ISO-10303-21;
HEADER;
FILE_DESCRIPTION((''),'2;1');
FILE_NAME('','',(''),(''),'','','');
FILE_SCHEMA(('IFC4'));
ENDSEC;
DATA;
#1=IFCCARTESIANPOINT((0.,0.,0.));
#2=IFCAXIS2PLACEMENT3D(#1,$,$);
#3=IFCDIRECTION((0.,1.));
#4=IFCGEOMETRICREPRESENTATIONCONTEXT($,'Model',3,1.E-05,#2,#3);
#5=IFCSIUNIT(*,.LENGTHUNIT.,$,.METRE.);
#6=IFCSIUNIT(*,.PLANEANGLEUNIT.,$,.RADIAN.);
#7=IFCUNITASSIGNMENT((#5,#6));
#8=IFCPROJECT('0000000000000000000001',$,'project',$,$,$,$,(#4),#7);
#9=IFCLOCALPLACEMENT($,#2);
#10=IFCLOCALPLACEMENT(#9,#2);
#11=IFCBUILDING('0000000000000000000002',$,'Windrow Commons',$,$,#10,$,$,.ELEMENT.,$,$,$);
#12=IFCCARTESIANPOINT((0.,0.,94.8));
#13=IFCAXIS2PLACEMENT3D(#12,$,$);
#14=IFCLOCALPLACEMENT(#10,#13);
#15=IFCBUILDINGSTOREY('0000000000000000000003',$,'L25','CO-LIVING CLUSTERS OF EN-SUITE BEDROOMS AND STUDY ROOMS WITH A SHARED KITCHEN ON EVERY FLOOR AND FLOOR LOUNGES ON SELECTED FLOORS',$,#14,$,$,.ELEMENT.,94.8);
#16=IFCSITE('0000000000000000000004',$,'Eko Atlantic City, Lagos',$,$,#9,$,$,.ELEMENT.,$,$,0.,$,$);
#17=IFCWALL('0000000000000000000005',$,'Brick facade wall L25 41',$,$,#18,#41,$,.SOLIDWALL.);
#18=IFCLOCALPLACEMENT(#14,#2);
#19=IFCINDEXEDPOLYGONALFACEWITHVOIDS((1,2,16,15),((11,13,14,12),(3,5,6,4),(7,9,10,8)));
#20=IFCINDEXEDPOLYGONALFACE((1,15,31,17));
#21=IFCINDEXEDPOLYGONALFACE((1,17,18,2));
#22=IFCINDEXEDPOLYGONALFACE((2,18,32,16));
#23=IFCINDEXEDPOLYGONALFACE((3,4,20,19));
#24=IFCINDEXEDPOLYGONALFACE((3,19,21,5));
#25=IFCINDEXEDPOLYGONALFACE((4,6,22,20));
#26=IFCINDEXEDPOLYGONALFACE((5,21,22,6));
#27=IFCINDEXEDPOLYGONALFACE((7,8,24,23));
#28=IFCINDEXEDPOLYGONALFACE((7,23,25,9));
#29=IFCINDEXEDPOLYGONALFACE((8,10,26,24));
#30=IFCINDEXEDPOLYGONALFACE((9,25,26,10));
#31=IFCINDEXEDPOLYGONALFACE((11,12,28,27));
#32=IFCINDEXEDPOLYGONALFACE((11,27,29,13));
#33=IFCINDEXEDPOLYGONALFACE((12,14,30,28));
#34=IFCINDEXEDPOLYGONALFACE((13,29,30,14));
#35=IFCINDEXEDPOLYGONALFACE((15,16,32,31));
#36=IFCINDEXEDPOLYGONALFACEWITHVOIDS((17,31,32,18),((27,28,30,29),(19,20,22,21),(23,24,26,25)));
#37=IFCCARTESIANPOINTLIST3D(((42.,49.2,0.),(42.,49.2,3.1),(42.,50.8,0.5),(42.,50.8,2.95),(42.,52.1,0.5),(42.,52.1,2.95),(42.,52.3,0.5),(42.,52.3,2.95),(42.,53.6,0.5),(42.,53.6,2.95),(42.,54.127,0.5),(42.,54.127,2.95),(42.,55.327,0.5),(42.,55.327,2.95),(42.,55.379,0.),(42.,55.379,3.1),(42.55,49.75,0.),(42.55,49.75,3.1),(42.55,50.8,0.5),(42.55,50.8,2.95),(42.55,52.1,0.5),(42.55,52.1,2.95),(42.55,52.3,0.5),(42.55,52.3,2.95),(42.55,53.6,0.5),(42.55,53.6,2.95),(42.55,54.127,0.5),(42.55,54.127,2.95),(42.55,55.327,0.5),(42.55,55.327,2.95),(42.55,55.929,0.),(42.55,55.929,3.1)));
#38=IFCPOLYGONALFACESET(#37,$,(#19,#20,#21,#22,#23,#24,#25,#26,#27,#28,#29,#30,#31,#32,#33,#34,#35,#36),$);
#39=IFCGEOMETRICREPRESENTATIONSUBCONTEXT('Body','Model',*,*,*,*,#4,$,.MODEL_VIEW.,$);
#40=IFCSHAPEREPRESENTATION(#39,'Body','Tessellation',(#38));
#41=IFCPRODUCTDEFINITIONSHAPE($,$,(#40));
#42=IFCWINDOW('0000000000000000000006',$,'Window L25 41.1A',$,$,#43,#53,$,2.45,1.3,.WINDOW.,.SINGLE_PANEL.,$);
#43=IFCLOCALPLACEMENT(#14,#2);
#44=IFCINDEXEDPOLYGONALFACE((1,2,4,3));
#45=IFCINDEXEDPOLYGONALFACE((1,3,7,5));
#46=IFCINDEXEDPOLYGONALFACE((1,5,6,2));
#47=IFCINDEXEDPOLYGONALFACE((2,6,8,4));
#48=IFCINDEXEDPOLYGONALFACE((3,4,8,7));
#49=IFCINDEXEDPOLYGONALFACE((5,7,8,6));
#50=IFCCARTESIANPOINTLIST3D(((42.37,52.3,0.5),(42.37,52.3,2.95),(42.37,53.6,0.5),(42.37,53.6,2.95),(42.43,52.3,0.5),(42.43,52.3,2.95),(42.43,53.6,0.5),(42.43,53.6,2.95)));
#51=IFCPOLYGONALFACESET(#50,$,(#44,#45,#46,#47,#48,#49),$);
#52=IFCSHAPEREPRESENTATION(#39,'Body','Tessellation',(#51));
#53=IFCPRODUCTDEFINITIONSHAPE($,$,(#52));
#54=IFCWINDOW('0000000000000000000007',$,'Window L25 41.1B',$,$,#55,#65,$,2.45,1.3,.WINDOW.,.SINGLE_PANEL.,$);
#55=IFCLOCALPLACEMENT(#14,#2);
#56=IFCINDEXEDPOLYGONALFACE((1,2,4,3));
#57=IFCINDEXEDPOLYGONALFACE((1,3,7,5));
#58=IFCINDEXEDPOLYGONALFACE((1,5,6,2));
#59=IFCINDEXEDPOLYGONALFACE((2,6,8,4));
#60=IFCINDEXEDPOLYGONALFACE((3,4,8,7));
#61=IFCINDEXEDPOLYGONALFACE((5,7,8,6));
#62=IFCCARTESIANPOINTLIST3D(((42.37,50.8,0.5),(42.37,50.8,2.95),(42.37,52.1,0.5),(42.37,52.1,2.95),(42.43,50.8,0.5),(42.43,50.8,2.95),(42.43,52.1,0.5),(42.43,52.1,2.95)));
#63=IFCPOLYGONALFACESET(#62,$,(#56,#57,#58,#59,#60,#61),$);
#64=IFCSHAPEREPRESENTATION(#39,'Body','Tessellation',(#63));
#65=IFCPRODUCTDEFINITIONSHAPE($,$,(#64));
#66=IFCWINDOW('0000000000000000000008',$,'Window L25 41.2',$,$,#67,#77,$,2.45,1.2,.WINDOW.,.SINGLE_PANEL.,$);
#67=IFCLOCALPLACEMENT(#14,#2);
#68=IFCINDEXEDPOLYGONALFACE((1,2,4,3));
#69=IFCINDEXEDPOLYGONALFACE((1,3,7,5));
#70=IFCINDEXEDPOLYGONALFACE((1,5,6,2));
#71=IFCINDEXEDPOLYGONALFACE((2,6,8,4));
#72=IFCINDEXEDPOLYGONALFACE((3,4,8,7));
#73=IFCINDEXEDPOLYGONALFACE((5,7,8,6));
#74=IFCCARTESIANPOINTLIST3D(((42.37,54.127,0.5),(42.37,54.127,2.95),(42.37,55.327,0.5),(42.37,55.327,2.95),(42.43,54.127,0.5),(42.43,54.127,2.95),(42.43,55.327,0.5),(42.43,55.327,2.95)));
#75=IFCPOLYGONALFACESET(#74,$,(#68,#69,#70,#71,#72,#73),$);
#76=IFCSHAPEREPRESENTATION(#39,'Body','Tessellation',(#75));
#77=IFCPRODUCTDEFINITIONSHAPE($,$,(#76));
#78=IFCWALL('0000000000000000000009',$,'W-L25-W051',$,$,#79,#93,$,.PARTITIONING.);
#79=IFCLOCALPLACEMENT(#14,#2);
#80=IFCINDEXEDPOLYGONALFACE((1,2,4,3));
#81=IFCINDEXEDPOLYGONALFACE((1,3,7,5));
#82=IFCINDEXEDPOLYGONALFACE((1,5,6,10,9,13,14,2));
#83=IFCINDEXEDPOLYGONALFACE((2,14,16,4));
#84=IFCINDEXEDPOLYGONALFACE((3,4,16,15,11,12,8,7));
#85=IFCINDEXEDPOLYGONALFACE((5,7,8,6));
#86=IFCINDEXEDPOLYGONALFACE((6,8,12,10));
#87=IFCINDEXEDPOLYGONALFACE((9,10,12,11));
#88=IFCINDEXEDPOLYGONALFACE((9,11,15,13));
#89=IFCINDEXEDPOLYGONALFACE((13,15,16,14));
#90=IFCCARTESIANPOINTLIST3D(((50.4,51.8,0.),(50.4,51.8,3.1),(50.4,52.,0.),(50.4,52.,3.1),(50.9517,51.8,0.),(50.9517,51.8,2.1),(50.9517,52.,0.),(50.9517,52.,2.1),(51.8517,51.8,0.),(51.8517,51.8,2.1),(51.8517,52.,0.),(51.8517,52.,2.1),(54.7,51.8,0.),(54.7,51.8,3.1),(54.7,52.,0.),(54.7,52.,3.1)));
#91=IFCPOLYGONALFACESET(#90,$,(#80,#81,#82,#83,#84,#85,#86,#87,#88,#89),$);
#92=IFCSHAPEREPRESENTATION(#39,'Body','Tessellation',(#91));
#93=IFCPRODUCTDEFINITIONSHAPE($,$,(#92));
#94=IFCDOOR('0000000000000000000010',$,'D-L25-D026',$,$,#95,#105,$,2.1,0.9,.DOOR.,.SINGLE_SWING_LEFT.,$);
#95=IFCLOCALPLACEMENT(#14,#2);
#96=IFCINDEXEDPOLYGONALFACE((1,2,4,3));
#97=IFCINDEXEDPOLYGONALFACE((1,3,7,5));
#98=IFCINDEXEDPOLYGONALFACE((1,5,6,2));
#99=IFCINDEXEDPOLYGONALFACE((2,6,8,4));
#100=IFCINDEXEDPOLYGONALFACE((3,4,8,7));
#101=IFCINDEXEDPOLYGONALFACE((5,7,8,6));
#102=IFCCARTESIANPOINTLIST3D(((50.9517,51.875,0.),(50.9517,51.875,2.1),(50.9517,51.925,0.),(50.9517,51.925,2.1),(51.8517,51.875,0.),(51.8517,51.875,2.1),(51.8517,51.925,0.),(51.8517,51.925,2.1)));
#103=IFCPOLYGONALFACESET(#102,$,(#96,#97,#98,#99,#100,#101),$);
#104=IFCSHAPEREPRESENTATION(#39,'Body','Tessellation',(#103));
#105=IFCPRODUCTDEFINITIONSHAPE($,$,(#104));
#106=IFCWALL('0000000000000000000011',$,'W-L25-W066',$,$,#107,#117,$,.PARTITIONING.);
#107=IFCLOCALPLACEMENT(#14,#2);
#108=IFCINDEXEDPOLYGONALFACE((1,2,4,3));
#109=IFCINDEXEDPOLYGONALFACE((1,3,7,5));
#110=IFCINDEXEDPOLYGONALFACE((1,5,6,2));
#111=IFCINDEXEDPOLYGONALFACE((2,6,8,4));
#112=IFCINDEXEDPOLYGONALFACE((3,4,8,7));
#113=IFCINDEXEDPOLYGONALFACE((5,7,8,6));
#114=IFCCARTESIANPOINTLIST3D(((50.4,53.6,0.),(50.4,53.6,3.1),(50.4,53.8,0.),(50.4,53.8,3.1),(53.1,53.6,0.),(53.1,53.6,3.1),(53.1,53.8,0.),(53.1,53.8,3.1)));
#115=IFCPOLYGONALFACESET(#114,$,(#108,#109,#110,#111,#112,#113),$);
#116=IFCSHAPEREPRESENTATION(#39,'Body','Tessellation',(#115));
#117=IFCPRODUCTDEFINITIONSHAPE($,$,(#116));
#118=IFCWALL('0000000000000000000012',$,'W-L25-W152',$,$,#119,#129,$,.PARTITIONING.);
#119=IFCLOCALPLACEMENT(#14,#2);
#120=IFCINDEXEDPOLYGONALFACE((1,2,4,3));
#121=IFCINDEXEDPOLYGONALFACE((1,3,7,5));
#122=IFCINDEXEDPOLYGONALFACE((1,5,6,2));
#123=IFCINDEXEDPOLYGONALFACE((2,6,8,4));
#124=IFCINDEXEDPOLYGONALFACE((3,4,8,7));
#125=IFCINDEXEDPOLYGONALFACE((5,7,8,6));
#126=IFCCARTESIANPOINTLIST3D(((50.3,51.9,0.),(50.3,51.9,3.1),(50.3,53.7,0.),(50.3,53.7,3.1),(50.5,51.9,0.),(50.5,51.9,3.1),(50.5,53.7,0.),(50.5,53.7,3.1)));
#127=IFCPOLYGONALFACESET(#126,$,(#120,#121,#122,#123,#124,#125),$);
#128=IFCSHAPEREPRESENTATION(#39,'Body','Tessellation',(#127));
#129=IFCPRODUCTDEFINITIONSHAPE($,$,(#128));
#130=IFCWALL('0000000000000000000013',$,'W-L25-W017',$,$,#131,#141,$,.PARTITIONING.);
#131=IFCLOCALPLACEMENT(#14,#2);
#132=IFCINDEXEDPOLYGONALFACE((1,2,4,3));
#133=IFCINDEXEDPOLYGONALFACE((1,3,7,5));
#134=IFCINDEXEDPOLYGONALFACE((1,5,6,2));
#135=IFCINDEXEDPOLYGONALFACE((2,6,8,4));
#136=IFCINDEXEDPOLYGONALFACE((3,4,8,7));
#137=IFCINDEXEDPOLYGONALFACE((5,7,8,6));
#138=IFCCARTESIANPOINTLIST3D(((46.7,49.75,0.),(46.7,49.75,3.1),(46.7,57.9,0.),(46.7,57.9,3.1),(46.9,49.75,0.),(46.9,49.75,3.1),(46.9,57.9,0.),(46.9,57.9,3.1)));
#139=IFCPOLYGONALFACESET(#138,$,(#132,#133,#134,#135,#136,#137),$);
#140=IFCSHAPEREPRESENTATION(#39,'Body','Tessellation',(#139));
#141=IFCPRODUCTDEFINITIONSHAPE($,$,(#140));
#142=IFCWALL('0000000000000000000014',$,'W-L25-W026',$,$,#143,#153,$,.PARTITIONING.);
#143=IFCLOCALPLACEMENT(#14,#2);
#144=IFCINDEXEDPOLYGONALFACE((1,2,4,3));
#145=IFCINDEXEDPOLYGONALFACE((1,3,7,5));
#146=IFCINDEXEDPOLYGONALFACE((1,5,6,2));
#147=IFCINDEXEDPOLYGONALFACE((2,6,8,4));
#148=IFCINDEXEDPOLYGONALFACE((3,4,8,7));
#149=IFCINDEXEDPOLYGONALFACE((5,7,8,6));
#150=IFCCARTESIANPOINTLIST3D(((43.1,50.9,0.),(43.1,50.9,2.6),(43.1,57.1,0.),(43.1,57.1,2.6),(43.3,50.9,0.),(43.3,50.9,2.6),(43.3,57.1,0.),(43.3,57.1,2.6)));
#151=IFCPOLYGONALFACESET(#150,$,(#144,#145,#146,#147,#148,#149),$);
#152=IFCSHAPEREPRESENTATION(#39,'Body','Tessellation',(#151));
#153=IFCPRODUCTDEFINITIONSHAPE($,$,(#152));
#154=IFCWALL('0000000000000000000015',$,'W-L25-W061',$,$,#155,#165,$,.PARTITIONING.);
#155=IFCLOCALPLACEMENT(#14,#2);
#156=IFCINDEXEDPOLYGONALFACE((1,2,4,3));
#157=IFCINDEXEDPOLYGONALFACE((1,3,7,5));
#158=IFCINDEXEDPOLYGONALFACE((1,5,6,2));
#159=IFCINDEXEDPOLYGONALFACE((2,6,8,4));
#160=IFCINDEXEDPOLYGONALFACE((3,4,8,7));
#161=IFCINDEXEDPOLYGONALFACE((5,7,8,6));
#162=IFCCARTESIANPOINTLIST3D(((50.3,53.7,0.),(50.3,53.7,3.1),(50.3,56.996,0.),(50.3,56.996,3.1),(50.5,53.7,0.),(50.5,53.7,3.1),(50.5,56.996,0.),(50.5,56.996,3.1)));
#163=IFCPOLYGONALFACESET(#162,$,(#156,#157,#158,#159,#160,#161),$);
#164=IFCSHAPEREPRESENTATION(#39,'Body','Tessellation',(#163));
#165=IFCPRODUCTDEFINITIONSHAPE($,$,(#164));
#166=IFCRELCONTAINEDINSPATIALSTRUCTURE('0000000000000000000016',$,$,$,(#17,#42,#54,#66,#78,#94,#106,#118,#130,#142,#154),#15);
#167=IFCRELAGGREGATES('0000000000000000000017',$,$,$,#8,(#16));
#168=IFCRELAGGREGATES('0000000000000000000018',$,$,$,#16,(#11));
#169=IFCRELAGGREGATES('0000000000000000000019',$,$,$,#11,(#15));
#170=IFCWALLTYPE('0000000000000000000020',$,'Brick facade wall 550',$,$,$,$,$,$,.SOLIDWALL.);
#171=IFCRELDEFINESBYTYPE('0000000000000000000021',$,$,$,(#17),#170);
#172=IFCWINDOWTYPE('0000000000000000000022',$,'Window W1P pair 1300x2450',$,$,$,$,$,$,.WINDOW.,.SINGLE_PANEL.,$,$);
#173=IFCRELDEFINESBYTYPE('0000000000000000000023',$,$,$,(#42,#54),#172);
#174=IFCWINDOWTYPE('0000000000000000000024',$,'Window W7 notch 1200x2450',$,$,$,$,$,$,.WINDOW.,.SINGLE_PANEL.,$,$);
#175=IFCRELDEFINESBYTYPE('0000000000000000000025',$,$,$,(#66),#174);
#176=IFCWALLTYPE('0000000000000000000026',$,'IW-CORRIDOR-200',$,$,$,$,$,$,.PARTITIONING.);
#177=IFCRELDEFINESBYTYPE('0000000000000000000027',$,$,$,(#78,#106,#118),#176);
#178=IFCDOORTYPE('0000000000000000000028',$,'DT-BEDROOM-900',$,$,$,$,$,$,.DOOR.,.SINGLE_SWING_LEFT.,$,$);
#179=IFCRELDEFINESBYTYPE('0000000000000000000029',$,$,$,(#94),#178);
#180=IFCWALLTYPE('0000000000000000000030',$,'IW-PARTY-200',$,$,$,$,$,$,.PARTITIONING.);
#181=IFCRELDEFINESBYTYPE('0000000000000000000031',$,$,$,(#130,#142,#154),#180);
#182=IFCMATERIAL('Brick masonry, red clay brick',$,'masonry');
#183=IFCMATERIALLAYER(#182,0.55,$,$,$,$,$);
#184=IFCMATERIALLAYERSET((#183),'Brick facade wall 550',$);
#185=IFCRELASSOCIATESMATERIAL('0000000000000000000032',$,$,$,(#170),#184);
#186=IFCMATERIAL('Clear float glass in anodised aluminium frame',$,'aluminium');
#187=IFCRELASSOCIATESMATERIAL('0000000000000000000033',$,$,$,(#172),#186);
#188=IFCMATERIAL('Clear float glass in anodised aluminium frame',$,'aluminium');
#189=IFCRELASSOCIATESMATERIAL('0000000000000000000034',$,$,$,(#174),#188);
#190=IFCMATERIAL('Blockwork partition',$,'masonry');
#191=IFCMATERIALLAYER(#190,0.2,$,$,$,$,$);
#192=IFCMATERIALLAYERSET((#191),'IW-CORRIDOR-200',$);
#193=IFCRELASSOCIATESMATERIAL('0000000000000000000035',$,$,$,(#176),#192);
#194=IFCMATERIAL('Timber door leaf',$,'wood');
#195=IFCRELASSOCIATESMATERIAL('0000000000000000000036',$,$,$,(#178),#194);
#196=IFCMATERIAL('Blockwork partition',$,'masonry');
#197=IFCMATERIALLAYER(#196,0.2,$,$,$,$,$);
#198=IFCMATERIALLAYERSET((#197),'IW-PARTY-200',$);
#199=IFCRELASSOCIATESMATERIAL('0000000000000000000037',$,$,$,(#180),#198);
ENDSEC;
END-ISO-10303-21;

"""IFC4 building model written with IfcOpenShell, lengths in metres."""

from ifc_helpers import new_model, si_unit, direction, frame, frame_2d, origin, place, context, subcontext, project, spatial, polyline, rectangle, outline, extrude, material, layer, layer_set, type_object, element, fill, save


model = new_model("IFC4")

# Units and contexts
model_context = context("Model", 3, precision=1e-05, world=origin(), true_north=direction((0.0, 1.0)))
body_context = subcontext(model_context, "Body", "Model", "MODEL_VIEW")
ifc_project = project(units=[si_unit("LENGTHUNIT", "METRE"), si_unit("PLANEANGLEUNIT", "RADIAN")], contexts=[model_context])

# Site, building, storey
site_placement = place(None, origin())
site = spatial("IfcSite", under=ifc_project, at=site_placement, Name="Eko Atlantic City, Lagos", CompositionType="ELEMENT", RefElevation=0.0)
building_placement = place(site_placement, origin())
building = spatial("IfcBuilding", under=site, at=building_placement, Name="Windrow Commons", CompositionType="ELEMENT")
storey_placement = place(building_placement, frame((0.0, 0.0, 94.8)))
storey = spatial("IfcBuildingStorey", under=building, at=storey_placement, Name="L25", Description="CO-LIVING CLUSTERS OF EN-SUITE BEDROOMS AND STUDY ROOMS WITH A SHARED KITCHEN ON EVERY FLOOR AND FLOOR LOUNGES ON SELECTED FLOORS", CompositionType="ELEMENT", Elevation=94.8)

# Wall, openings, windows
ifc_material_1 = material(Name="Brick masonry, red clay brick", Category="masonry")
ifc_layer_1 = layer(ifc_material_1, 0.55)
ifc_layer_set_1 = layer_set([ifc_layer_1], Name="Brick facade wall 550")
wall_type_1 = type_object("IfcWallType", Name="Brick facade wall 550", PredefinedType="SOLIDWALL", material=ifc_layer_set_1)
ifc_material_2 = material(Name="Clear float glass in anodised aluminium frame", Category="aluminium")
window_type_1 = type_object("IfcWindowType", Name="Window W1P pair 1300x2450", PartitioningType="SINGLE_PANEL", PredefinedType="WINDOW", material=ifc_material_2)
ifc_material_3 = material(Name="Clear float glass in anodised aluminium frame", Category="aluminium")
window_type_2 = type_object("IfcWindowType", Name="Window W7 notch 1200x2450", PartitioningType="SINGLE_PANEL", PredefinedType="WINDOW", material=ifc_material_3)
wall_1_placement = place(storey_placement, frame((42.275, 55.654, 0.0), z_axis=(0.0, 0.0, 1.0), x_axis=(0.0, -1.0, 0.0)))
wall_1 = element("IfcWall", 1, at=wall_1_placement, inside=storey, type_object=wall_type_1, Name="Brick facade wall L25 41", PredefinedType="SOLIDWALL", context=body_context, shape_type="SweptSolid", body=[
    extrude(outline(polyline([(0.275, -0.275), (6.454, -0.275), (5.904, 0.275), (-0.275, 0.275), (0.275, -0.275)])), origin(), (0.0, 0.0, 1.0), 3.1),
])
opening_1_placement = place(wall_1_placement, frame((2.054, 0.0, 0.5)))
opening_1 = element("IfcOpeningElement", 2, at=opening_1_placement, cuts=wall_1, PredefinedType="OPENING", context=body_context, shape_type="SweptSolid", body=[
    extrude(rectangle(XDim=1.3, YDim=2.45, at=frame_2d((0.65, 1.225))), frame((0.0, 0.285, 0.0), z_axis=(0.0, -1.0, 0.0), x_axis=(1.0, 0.0, 0.0)), (0.0, 0.0, 1.0), 0.57),
])
opening_2_placement = place(wall_1_placement, frame((3.554, 0.0, 0.5)))
opening_2 = element("IfcOpeningElement", 3, at=opening_2_placement, cuts=wall_1, PredefinedType="OPENING", context=body_context, shape_type="SweptSolid", body=[
    extrude(rectangle(XDim=1.3, YDim=2.45, at=frame_2d((0.65, 1.225))), frame((0.0, 0.285, 0.0), z_axis=(0.0, -1.0, 0.0), x_axis=(1.0, 0.0, 0.0)), (0.0, 0.0, 1.0), 0.57),
])
opening_3_placement = place(wall_1_placement, frame((0.327, 0.0, 0.5)))
opening_3 = element("IfcOpeningElement", 4, at=opening_3_placement, cuts=wall_1, PredefinedType="OPENING", context=body_context, shape_type="SweptSolid", body=[
    extrude(rectangle(XDim=1.2, YDim=2.45, at=frame_2d((0.6, 1.225))), frame((0.0, 0.285, 0.0), z_axis=(0.0, -1.0, 0.0), x_axis=(1.0, 0.0, 0.0)), (0.0, 0.0, 1.0), 0.57),
])
window_1_placement = place(opening_1_placement, origin())
window_1 = element("IfcWindow", 5, at=window_1_placement, inside=storey, type_object=window_type_1, Name="Window L25 41.1A", OverallHeight=2.45, OverallWidth=1.3, PartitioningType="SINGLE_PANEL", PredefinedType="WINDOW", context=body_context, shape_type="SweptSolid", body=[
    extrude(rectangle(XDim=1.3, YDim=2.45, at=frame_2d((0.65, 1.225))), frame((0.0, 0.155, 0.0), z_axis=(0.0, -1.0, 0.0), x_axis=(1.0, 0.0, 0.0)), (0.0, 0.0, 1.0), 0.06),
])
fill(opening_1, window_1)
window_2_placement = place(opening_2_placement, origin())
window_2 = element("IfcWindow", 6, at=window_2_placement, inside=storey, type_object=window_type_1, Name="Window L25 41.1B", OverallHeight=2.45, OverallWidth=1.3, PartitioningType="SINGLE_PANEL", PredefinedType="WINDOW", context=body_context, shape_type="SweptSolid", body=[
    extrude(rectangle(XDim=1.3, YDim=2.45, at=frame_2d((0.65, 1.225))), frame((0.0, 0.155, 0.0), z_axis=(0.0, -1.0, 0.0), x_axis=(1.0, 0.0, 0.0)), (0.0, 0.0, 1.0), 0.06),
])
fill(opening_2, window_2)
window_3_placement = place(opening_3_placement, origin())
window_3 = element("IfcWindow", 7, at=window_3_placement, inside=storey, type_object=window_type_2, Name="Window L25 41.2", OverallHeight=2.45, OverallWidth=1.2, PartitioningType="SINGLE_PANEL", PredefinedType="WINDOW", context=body_context, shape_type="SweptSolid", body=[
    extrude(rectangle(XDim=1.2, YDim=2.45, at=frame_2d((0.6, 1.225))), frame((0.0, 0.155, 0.0), z_axis=(0.0, -1.0, 0.0), x_axis=(1.0, 0.0, 0.0)), (0.0, 0.0, 1.0), 0.06),
])
fill(opening_3, window_3)

# Wall, opening, door
ifc_material_4 = material(Name="Blockwork partition", Category="masonry")
ifc_layer_2 = layer(ifc_material_4, 0.2)
ifc_layer_set_2 = layer_set([ifc_layer_2], Name="IW-CORRIDOR-200")
wall_type_2 = type_object("IfcWallType", Name="IW-CORRIDOR-200", PredefinedType="PARTITIONING", material=ifc_layer_set_2)
wall_2_placement = place(storey_placement, frame((50.4, 51.9, 0.0), z_axis=(0.0, 0.0, 1.0), x_axis=(1.0, 0.0, 0.0)))
wall_2 = element("IfcWall", 8, at=wall_2_placement, inside=storey, type_object=wall_type_2, Name="W-L25-W051", PredefinedType="PARTITIONING", context=body_context, shape_type="SweptSolid", body=[
    extrude(rectangle(XDim=4.3, YDim=0.2, at=frame_2d((2.15, 0.0))), origin(), (0.0, 0.0, 1.0), 3.1),
])
opening_4_placement = place(wall_2_placement, frame((0.5517, 0.0, 0.0)))
opening_4 = element("IfcOpeningElement", 9, at=opening_4_placement, cuts=wall_2, PredefinedType="OPENING", context=body_context, shape_type="SweptSolid", body=[
    extrude(rectangle(XDim=0.9, YDim=2.1, at=frame_2d((0.45, 1.05))), frame((0.0, 0.11, 0.0), z_axis=(0.0, -1.0, 0.0), x_axis=(1.0, 0.0, 0.0)), (0.0, 0.0, 1.0), 0.22),
])
ifc_material_5 = material(Name="Timber door leaf", Category="wood")
door_type = type_object("IfcDoorType", Name="DT-BEDROOM-900", OperationType="SINGLE_SWING_LEFT", PredefinedType="DOOR", material=ifc_material_5)
door_placement = place(opening_4_placement, origin())
door = element("IfcDoor", 10, at=door_placement, inside=storey, type_object=door_type, Name="D-L25-D026", OperationType="SINGLE_SWING_LEFT", OverallHeight=2.1, OverallWidth=0.9, PredefinedType="DOOR", context=body_context, shape_type="SweptSolid", body=[
    extrude(rectangle(XDim=0.9, YDim=2.1, at=frame_2d((0.45, 1.05))), frame((0.0, 0.025, 0.0), z_axis=(0.0, -1.0, 0.0), x_axis=(1.0, 0.0, 0.0)), (0.0, 0.0, 1.0), 0.05),
])
fill(opening_4, door)

# Walls
wall_3_placement = place(storey_placement, frame((50.4, 53.7, 0.0), z_axis=(0.0, 0.0, 1.0), x_axis=(1.0, 0.0, 0.0)))
element("IfcWall", 11, at=wall_3_placement, inside=storey, type_object=wall_type_2, Name="W-L25-W066", PredefinedType="PARTITIONING", context=body_context, shape_type="SweptSolid", body=[
    extrude(rectangle(XDim=2.7, YDim=0.2, at=frame_2d((1.35, 0.0))), origin(), (0.0, 0.0, 1.0), 3.1),
])
wall_4_placement = place(storey_placement, frame((50.4, 51.9, 0.0), z_axis=(0.0, 0.0, 1.0), x_axis=(0.0, 1.0, 0.0)))
element("IfcWall", 12, at=wall_4_placement, inside=storey, type_object=wall_type_2, Name="W-L25-W152", PredefinedType="PARTITIONING", context=body_context, shape_type="SweptSolid", body=[
    extrude(rectangle(XDim=1.8, YDim=0.2, at=frame_2d((0.9, 0.0))), origin(), (0.0, 0.0, 1.0), 3.1),
])
ifc_material_6 = material(Name="Blockwork partition", Category="masonry")
ifc_layer_3 = layer(ifc_material_6, 0.2)
ifc_layer_set_3 = layer_set([ifc_layer_3], Name="IW-PARTY-200")
wall_type_3 = type_object("IfcWallType", Name="IW-PARTY-200", PredefinedType="PARTITIONING", material=ifc_layer_set_3)
wall_5_placement = place(storey_placement, frame((46.8, 49.75, 0.0), z_axis=(0.0, 0.0, 1.0), x_axis=(0.0, 1.0, 0.0)))
element("IfcWall", 13, at=wall_5_placement, inside=storey, type_object=wall_type_3, Name="W-L25-W017", PredefinedType="PARTITIONING", context=body_context, shape_type="SweptSolid", body=[
    extrude(rectangle(XDim=8.15, YDim=0.2, at=frame_2d((4.075, 0.0))), origin(), (0.0, 0.0, 1.0), 3.1),
])
wall_6_placement = place(storey_placement, frame((43.2, 50.9, 0.0), z_axis=(0.0, 0.0, 1.0), x_axis=(0.0, 1.0, 0.0)))
element("IfcWall", 14, at=wall_6_placement, inside=storey, type_object=wall_type_3, Name="W-L25-W026", PredefinedType="PARTITIONING", context=body_context, shape_type="SweptSolid", body=[
    extrude(rectangle(XDim=6.2, YDim=0.2, at=frame_2d((3.1, 0.0))), origin(), (0.0, 0.0, 1.0), 2.6),
])
wall_7_placement = place(storey_placement, frame((50.4, 53.7, 0.0), z_axis=(0.0, 0.0, 1.0), x_axis=(0.0, 1.0, 0.0)))
element("IfcWall", 15, at=wall_7_placement, inside=storey, type_object=wall_type_3, Name="W-L25-W061", PredefinedType="PARTITIONING", context=body_context, shape_type="SweptSolid", body=[
    extrude(rectangle(XDim=3.296, YDim=0.2, at=frame_2d((1.648, 0.0))), origin(), (0.0, 0.0, 1.0), 3.1),
])

save(model, "model.ifc")
